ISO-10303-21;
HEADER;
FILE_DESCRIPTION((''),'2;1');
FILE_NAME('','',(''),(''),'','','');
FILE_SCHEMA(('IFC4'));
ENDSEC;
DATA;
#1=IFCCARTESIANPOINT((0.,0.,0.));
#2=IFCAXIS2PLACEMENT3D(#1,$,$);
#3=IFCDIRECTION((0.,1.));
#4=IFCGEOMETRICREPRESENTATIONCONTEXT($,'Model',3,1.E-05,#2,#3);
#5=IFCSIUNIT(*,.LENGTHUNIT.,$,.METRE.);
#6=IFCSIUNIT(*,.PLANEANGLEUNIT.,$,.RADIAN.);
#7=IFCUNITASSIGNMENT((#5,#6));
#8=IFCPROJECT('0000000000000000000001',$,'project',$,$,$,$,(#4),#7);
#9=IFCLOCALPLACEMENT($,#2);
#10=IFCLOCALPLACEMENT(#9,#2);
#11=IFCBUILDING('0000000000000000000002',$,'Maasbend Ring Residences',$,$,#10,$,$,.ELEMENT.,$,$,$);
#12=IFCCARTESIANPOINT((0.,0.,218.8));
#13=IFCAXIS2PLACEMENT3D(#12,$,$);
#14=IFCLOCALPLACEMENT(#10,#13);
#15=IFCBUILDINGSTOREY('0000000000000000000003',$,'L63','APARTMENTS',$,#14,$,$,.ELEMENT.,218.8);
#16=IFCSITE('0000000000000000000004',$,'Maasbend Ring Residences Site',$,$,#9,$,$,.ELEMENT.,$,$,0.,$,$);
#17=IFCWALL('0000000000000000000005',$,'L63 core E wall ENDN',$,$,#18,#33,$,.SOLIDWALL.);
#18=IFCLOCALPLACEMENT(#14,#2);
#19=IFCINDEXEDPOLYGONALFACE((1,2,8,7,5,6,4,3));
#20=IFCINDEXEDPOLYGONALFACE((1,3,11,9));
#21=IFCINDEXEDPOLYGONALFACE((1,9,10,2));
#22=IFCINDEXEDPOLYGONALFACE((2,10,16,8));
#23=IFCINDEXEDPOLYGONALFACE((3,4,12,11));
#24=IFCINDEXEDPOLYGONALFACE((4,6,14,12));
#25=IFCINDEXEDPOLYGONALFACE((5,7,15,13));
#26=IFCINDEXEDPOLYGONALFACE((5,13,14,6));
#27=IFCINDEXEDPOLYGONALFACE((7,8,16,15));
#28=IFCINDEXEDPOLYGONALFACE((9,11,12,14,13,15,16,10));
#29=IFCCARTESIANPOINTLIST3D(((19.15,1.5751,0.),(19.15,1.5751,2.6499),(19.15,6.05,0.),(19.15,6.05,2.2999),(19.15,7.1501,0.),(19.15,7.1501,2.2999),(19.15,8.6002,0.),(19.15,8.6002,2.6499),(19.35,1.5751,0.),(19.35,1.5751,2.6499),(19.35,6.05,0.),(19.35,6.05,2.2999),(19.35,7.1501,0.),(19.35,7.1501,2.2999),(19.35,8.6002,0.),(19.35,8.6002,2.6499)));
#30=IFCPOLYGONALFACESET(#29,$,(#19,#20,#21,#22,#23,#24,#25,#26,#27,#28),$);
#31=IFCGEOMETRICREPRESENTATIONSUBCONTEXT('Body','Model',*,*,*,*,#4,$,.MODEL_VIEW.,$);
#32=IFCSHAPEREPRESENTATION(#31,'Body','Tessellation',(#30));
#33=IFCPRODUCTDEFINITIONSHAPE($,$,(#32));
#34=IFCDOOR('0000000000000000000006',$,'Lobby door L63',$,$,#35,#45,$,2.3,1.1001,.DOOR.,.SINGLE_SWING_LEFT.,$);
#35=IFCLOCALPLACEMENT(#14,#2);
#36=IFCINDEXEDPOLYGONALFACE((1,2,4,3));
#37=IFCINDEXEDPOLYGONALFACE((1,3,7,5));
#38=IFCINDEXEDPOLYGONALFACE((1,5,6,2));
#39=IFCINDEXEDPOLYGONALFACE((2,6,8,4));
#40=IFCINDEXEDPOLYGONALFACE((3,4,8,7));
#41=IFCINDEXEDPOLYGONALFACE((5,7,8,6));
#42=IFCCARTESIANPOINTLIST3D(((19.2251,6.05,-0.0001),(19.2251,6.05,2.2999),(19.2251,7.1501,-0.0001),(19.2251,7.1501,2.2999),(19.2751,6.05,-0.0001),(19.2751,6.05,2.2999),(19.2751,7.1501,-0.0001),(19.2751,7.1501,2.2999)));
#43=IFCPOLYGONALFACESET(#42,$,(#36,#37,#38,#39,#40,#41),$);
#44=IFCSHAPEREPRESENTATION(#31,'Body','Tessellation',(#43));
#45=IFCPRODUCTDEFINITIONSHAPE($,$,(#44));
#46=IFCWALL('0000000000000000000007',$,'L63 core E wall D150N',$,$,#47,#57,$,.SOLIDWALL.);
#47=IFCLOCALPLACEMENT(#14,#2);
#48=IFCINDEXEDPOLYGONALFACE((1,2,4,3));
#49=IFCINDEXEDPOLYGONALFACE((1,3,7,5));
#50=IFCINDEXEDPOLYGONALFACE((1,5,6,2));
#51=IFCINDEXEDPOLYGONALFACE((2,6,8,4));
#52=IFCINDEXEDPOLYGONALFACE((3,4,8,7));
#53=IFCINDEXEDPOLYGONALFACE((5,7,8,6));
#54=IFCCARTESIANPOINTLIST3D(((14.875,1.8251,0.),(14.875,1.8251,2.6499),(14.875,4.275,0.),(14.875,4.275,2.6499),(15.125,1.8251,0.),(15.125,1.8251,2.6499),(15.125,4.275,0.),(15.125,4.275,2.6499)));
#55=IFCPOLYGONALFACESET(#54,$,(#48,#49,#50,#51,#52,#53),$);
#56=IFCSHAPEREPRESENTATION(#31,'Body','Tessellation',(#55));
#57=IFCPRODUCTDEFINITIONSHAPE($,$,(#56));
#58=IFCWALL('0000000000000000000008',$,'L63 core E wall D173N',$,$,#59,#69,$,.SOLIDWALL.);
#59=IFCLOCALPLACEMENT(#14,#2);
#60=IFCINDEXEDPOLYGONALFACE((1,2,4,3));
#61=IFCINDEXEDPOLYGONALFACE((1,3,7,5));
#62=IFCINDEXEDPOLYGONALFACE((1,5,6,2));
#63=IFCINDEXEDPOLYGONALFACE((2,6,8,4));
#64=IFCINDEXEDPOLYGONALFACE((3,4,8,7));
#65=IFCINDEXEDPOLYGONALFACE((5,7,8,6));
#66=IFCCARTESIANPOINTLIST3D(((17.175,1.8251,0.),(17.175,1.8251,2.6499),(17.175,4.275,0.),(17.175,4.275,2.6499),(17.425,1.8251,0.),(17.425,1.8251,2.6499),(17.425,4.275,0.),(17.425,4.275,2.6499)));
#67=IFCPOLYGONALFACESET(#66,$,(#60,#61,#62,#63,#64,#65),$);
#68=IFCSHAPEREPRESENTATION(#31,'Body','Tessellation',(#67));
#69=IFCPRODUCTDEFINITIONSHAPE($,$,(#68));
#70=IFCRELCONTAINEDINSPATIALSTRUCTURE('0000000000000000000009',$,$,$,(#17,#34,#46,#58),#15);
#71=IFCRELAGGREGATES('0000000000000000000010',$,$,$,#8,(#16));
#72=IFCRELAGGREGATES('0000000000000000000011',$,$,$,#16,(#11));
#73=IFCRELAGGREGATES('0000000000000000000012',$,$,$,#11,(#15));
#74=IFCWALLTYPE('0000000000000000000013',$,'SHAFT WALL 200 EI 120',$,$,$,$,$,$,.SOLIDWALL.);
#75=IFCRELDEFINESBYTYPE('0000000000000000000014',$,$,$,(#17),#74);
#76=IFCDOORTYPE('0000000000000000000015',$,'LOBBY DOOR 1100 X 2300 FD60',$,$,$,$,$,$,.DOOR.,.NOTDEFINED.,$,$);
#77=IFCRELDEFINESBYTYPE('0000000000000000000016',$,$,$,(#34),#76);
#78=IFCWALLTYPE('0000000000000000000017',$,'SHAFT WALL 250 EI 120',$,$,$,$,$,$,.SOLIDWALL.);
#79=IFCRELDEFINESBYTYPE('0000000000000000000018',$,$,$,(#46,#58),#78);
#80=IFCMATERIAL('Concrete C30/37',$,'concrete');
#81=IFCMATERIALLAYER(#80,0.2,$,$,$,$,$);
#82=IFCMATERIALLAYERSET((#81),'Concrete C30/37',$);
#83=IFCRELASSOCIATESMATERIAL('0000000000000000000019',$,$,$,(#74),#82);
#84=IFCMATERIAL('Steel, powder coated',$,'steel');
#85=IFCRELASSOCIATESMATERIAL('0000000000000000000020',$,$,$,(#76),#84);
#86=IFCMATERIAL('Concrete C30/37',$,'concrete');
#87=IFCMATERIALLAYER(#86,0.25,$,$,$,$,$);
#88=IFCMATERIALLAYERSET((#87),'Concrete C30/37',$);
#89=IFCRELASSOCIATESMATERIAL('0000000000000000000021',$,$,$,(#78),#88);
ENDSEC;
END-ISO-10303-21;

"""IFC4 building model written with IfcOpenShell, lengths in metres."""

from ifc_helpers import new_model, si_unit, direction, frame, frame_2d, origin, place, context, subcontext, project, spatial, rectangle, extrude, material, layer, layer_set, type_object, element, fill, save


model = new_model("IFC4")

# Units and contexts
model_context = context("Model", 3, precision=1e-05, world=origin(), true_north=direction((0.0, 1.0)))
body_context = subcontext(model_context, "Body", "Model", "MODEL_VIEW")
ifc_project = project(units=[si_unit("LENGTHUNIT", "METRE"), si_unit("PLANEANGLEUNIT", "RADIAN")], contexts=[model_context])

# Site, building, storey
site_placement = place(None, origin())
site = spatial("IfcSite", under=ifc_project, at=site_placement, Name="Maasbend Ring Residences Site", CompositionType="ELEMENT", RefElevation=0.0)
building_placement = place(site_placement, origin())
building = spatial("IfcBuilding", under=site, at=building_placement, Name="Maasbend Ring Residences", CompositionType="ELEMENT")
storey_placement = place(building_placement, frame((0.0, 0.0, 218.8)))
storey = spatial("IfcBuildingStorey", under=building, at=storey_placement, Name="L63", Description="APARTMENTS", CompositionType="ELEMENT", Elevation=218.8)

# Wall, opening, door
ifc_material_1 = material(Name="Concrete C30/37", Category="concrete")
ifc_layer_1 = layer(ifc_material_1, 0.2)
ifc_layer_set_1 = layer_set([ifc_layer_1], Name="Concrete C30/37")
wall_type_1 = type_object("IfcWallType", Name="SHAFT WALL 200 EI 120", PredefinedType="SOLIDWALL", material=ifc_layer_set_1)
wall_1_placement = place(storey_placement, frame((19.25, 1.575, 0.0), z_axis=(0.0, 0.0, 1.0), x_axis=(0.0, 1.0, 0.0)))
wall_1 = element("IfcWall", 1, at=wall_1_placement, inside=storey, type_object=wall_type_1, Name="L63 core E wall ENDN", PredefinedType="SOLIDWALL", context=body_context, shape_type="SweptSolid", body=[
    extrude(rectangle(XDim=7.0251, YDim=0.2, at=frame_2d((3.5127, 0.0))), origin(), (0.0, 0.0, 1.0), 2.6499),
])
opening_1_placement = place(wall_1_placement, frame((4.4751, 0.0, 0.0)))
opening_1 = element("IfcOpeningElement", 2, at=opening_1_placement, cuts=wall_1, PredefinedType="OPENING", context=body_context, shape_type="SweptSolid", body=[
    extrude(rectangle(XDim=1.1001, YDim=2.3, at=frame_2d((0.55, 1.1499))), frame((0.0, 0.1099, 0.0), z_axis=(0.0, -1.0, 0.0), x_axis=(1.0, 0.0, 0.0)), (0.0, 0.0, 1.0), 0.22),
])
ifc_material_2 = material(Name="Steel, powder coated", Category="steel")
door_type_1 = type_object("IfcDoorType", Name="LOBBY DOOR 1100 X 2300 FD60", OperationType="NOTDEFINED", PredefinedType="DOOR", material=ifc_material_2)
door_1_placement = place(opening_1_placement, origin())
door_1 = element("IfcDoor", 3, at=door_1_placement, inside=storey, type_object=door_type_1, Name="Lobby door L63", OperationType="SINGLE_SWING_LEFT", OverallHeight=2.3, OverallWidth=1.1001, PredefinedType="DOOR", context=body_context, shape_type="SweptSolid", body=[
    extrude(rectangle(XDim=1.1001, YDim=2.3, at=frame_2d((0.55, 1.1499))), frame((0.0, 0.0249, 0.0), z_axis=(0.0, -1.0, 0.0), x_axis=(1.0, 0.0, 0.0)), (0.0, 0.0, 1.0), 0.05),
])
fill(opening_1, door_1)

# Walls
ifc_material_3 = material(Name="Concrete C30/37", Category="concrete")
ifc_layer_2 = layer(ifc_material_3, 0.25)
ifc_layer_set_2 = layer_set([ifc_layer_2], Name="Concrete C30/37")
wall_type_2 = type_object("IfcWallType", Name="SHAFT WALL 250 EI 120", PredefinedType="SOLIDWALL", material=ifc_layer_set_2)
for number, where, z_axis, x_axis, name in (
    (4, (15.0, 1.825, 0.0), (0.0, 0.0, 1.0), (0.0, 1.0, 0.0), "L63 core E wall D150N"),
    (5, (17.3, 1.825, 0.0), (0.0, 0.0, 1.0), (0.0, 1.0, 0.0), "L63 core E wall D173N"),
):
    element("IfcWall", number, at=place(storey_placement, frame(where, z_axis=z_axis, x_axis=x_axis)), inside=storey, type_object=wall_type_2, Name=name, PredefinedType="SOLIDWALL", context=body_context, shape_type="SweptSolid", body=[
        extrude(rectangle(XDim=2.45, YDim=0.25, at=frame_2d((1.2251, 0.0))), origin(), (0.0, 0.0, 1.0), 2.6499),
    ])

save(model, "model.ifc")
